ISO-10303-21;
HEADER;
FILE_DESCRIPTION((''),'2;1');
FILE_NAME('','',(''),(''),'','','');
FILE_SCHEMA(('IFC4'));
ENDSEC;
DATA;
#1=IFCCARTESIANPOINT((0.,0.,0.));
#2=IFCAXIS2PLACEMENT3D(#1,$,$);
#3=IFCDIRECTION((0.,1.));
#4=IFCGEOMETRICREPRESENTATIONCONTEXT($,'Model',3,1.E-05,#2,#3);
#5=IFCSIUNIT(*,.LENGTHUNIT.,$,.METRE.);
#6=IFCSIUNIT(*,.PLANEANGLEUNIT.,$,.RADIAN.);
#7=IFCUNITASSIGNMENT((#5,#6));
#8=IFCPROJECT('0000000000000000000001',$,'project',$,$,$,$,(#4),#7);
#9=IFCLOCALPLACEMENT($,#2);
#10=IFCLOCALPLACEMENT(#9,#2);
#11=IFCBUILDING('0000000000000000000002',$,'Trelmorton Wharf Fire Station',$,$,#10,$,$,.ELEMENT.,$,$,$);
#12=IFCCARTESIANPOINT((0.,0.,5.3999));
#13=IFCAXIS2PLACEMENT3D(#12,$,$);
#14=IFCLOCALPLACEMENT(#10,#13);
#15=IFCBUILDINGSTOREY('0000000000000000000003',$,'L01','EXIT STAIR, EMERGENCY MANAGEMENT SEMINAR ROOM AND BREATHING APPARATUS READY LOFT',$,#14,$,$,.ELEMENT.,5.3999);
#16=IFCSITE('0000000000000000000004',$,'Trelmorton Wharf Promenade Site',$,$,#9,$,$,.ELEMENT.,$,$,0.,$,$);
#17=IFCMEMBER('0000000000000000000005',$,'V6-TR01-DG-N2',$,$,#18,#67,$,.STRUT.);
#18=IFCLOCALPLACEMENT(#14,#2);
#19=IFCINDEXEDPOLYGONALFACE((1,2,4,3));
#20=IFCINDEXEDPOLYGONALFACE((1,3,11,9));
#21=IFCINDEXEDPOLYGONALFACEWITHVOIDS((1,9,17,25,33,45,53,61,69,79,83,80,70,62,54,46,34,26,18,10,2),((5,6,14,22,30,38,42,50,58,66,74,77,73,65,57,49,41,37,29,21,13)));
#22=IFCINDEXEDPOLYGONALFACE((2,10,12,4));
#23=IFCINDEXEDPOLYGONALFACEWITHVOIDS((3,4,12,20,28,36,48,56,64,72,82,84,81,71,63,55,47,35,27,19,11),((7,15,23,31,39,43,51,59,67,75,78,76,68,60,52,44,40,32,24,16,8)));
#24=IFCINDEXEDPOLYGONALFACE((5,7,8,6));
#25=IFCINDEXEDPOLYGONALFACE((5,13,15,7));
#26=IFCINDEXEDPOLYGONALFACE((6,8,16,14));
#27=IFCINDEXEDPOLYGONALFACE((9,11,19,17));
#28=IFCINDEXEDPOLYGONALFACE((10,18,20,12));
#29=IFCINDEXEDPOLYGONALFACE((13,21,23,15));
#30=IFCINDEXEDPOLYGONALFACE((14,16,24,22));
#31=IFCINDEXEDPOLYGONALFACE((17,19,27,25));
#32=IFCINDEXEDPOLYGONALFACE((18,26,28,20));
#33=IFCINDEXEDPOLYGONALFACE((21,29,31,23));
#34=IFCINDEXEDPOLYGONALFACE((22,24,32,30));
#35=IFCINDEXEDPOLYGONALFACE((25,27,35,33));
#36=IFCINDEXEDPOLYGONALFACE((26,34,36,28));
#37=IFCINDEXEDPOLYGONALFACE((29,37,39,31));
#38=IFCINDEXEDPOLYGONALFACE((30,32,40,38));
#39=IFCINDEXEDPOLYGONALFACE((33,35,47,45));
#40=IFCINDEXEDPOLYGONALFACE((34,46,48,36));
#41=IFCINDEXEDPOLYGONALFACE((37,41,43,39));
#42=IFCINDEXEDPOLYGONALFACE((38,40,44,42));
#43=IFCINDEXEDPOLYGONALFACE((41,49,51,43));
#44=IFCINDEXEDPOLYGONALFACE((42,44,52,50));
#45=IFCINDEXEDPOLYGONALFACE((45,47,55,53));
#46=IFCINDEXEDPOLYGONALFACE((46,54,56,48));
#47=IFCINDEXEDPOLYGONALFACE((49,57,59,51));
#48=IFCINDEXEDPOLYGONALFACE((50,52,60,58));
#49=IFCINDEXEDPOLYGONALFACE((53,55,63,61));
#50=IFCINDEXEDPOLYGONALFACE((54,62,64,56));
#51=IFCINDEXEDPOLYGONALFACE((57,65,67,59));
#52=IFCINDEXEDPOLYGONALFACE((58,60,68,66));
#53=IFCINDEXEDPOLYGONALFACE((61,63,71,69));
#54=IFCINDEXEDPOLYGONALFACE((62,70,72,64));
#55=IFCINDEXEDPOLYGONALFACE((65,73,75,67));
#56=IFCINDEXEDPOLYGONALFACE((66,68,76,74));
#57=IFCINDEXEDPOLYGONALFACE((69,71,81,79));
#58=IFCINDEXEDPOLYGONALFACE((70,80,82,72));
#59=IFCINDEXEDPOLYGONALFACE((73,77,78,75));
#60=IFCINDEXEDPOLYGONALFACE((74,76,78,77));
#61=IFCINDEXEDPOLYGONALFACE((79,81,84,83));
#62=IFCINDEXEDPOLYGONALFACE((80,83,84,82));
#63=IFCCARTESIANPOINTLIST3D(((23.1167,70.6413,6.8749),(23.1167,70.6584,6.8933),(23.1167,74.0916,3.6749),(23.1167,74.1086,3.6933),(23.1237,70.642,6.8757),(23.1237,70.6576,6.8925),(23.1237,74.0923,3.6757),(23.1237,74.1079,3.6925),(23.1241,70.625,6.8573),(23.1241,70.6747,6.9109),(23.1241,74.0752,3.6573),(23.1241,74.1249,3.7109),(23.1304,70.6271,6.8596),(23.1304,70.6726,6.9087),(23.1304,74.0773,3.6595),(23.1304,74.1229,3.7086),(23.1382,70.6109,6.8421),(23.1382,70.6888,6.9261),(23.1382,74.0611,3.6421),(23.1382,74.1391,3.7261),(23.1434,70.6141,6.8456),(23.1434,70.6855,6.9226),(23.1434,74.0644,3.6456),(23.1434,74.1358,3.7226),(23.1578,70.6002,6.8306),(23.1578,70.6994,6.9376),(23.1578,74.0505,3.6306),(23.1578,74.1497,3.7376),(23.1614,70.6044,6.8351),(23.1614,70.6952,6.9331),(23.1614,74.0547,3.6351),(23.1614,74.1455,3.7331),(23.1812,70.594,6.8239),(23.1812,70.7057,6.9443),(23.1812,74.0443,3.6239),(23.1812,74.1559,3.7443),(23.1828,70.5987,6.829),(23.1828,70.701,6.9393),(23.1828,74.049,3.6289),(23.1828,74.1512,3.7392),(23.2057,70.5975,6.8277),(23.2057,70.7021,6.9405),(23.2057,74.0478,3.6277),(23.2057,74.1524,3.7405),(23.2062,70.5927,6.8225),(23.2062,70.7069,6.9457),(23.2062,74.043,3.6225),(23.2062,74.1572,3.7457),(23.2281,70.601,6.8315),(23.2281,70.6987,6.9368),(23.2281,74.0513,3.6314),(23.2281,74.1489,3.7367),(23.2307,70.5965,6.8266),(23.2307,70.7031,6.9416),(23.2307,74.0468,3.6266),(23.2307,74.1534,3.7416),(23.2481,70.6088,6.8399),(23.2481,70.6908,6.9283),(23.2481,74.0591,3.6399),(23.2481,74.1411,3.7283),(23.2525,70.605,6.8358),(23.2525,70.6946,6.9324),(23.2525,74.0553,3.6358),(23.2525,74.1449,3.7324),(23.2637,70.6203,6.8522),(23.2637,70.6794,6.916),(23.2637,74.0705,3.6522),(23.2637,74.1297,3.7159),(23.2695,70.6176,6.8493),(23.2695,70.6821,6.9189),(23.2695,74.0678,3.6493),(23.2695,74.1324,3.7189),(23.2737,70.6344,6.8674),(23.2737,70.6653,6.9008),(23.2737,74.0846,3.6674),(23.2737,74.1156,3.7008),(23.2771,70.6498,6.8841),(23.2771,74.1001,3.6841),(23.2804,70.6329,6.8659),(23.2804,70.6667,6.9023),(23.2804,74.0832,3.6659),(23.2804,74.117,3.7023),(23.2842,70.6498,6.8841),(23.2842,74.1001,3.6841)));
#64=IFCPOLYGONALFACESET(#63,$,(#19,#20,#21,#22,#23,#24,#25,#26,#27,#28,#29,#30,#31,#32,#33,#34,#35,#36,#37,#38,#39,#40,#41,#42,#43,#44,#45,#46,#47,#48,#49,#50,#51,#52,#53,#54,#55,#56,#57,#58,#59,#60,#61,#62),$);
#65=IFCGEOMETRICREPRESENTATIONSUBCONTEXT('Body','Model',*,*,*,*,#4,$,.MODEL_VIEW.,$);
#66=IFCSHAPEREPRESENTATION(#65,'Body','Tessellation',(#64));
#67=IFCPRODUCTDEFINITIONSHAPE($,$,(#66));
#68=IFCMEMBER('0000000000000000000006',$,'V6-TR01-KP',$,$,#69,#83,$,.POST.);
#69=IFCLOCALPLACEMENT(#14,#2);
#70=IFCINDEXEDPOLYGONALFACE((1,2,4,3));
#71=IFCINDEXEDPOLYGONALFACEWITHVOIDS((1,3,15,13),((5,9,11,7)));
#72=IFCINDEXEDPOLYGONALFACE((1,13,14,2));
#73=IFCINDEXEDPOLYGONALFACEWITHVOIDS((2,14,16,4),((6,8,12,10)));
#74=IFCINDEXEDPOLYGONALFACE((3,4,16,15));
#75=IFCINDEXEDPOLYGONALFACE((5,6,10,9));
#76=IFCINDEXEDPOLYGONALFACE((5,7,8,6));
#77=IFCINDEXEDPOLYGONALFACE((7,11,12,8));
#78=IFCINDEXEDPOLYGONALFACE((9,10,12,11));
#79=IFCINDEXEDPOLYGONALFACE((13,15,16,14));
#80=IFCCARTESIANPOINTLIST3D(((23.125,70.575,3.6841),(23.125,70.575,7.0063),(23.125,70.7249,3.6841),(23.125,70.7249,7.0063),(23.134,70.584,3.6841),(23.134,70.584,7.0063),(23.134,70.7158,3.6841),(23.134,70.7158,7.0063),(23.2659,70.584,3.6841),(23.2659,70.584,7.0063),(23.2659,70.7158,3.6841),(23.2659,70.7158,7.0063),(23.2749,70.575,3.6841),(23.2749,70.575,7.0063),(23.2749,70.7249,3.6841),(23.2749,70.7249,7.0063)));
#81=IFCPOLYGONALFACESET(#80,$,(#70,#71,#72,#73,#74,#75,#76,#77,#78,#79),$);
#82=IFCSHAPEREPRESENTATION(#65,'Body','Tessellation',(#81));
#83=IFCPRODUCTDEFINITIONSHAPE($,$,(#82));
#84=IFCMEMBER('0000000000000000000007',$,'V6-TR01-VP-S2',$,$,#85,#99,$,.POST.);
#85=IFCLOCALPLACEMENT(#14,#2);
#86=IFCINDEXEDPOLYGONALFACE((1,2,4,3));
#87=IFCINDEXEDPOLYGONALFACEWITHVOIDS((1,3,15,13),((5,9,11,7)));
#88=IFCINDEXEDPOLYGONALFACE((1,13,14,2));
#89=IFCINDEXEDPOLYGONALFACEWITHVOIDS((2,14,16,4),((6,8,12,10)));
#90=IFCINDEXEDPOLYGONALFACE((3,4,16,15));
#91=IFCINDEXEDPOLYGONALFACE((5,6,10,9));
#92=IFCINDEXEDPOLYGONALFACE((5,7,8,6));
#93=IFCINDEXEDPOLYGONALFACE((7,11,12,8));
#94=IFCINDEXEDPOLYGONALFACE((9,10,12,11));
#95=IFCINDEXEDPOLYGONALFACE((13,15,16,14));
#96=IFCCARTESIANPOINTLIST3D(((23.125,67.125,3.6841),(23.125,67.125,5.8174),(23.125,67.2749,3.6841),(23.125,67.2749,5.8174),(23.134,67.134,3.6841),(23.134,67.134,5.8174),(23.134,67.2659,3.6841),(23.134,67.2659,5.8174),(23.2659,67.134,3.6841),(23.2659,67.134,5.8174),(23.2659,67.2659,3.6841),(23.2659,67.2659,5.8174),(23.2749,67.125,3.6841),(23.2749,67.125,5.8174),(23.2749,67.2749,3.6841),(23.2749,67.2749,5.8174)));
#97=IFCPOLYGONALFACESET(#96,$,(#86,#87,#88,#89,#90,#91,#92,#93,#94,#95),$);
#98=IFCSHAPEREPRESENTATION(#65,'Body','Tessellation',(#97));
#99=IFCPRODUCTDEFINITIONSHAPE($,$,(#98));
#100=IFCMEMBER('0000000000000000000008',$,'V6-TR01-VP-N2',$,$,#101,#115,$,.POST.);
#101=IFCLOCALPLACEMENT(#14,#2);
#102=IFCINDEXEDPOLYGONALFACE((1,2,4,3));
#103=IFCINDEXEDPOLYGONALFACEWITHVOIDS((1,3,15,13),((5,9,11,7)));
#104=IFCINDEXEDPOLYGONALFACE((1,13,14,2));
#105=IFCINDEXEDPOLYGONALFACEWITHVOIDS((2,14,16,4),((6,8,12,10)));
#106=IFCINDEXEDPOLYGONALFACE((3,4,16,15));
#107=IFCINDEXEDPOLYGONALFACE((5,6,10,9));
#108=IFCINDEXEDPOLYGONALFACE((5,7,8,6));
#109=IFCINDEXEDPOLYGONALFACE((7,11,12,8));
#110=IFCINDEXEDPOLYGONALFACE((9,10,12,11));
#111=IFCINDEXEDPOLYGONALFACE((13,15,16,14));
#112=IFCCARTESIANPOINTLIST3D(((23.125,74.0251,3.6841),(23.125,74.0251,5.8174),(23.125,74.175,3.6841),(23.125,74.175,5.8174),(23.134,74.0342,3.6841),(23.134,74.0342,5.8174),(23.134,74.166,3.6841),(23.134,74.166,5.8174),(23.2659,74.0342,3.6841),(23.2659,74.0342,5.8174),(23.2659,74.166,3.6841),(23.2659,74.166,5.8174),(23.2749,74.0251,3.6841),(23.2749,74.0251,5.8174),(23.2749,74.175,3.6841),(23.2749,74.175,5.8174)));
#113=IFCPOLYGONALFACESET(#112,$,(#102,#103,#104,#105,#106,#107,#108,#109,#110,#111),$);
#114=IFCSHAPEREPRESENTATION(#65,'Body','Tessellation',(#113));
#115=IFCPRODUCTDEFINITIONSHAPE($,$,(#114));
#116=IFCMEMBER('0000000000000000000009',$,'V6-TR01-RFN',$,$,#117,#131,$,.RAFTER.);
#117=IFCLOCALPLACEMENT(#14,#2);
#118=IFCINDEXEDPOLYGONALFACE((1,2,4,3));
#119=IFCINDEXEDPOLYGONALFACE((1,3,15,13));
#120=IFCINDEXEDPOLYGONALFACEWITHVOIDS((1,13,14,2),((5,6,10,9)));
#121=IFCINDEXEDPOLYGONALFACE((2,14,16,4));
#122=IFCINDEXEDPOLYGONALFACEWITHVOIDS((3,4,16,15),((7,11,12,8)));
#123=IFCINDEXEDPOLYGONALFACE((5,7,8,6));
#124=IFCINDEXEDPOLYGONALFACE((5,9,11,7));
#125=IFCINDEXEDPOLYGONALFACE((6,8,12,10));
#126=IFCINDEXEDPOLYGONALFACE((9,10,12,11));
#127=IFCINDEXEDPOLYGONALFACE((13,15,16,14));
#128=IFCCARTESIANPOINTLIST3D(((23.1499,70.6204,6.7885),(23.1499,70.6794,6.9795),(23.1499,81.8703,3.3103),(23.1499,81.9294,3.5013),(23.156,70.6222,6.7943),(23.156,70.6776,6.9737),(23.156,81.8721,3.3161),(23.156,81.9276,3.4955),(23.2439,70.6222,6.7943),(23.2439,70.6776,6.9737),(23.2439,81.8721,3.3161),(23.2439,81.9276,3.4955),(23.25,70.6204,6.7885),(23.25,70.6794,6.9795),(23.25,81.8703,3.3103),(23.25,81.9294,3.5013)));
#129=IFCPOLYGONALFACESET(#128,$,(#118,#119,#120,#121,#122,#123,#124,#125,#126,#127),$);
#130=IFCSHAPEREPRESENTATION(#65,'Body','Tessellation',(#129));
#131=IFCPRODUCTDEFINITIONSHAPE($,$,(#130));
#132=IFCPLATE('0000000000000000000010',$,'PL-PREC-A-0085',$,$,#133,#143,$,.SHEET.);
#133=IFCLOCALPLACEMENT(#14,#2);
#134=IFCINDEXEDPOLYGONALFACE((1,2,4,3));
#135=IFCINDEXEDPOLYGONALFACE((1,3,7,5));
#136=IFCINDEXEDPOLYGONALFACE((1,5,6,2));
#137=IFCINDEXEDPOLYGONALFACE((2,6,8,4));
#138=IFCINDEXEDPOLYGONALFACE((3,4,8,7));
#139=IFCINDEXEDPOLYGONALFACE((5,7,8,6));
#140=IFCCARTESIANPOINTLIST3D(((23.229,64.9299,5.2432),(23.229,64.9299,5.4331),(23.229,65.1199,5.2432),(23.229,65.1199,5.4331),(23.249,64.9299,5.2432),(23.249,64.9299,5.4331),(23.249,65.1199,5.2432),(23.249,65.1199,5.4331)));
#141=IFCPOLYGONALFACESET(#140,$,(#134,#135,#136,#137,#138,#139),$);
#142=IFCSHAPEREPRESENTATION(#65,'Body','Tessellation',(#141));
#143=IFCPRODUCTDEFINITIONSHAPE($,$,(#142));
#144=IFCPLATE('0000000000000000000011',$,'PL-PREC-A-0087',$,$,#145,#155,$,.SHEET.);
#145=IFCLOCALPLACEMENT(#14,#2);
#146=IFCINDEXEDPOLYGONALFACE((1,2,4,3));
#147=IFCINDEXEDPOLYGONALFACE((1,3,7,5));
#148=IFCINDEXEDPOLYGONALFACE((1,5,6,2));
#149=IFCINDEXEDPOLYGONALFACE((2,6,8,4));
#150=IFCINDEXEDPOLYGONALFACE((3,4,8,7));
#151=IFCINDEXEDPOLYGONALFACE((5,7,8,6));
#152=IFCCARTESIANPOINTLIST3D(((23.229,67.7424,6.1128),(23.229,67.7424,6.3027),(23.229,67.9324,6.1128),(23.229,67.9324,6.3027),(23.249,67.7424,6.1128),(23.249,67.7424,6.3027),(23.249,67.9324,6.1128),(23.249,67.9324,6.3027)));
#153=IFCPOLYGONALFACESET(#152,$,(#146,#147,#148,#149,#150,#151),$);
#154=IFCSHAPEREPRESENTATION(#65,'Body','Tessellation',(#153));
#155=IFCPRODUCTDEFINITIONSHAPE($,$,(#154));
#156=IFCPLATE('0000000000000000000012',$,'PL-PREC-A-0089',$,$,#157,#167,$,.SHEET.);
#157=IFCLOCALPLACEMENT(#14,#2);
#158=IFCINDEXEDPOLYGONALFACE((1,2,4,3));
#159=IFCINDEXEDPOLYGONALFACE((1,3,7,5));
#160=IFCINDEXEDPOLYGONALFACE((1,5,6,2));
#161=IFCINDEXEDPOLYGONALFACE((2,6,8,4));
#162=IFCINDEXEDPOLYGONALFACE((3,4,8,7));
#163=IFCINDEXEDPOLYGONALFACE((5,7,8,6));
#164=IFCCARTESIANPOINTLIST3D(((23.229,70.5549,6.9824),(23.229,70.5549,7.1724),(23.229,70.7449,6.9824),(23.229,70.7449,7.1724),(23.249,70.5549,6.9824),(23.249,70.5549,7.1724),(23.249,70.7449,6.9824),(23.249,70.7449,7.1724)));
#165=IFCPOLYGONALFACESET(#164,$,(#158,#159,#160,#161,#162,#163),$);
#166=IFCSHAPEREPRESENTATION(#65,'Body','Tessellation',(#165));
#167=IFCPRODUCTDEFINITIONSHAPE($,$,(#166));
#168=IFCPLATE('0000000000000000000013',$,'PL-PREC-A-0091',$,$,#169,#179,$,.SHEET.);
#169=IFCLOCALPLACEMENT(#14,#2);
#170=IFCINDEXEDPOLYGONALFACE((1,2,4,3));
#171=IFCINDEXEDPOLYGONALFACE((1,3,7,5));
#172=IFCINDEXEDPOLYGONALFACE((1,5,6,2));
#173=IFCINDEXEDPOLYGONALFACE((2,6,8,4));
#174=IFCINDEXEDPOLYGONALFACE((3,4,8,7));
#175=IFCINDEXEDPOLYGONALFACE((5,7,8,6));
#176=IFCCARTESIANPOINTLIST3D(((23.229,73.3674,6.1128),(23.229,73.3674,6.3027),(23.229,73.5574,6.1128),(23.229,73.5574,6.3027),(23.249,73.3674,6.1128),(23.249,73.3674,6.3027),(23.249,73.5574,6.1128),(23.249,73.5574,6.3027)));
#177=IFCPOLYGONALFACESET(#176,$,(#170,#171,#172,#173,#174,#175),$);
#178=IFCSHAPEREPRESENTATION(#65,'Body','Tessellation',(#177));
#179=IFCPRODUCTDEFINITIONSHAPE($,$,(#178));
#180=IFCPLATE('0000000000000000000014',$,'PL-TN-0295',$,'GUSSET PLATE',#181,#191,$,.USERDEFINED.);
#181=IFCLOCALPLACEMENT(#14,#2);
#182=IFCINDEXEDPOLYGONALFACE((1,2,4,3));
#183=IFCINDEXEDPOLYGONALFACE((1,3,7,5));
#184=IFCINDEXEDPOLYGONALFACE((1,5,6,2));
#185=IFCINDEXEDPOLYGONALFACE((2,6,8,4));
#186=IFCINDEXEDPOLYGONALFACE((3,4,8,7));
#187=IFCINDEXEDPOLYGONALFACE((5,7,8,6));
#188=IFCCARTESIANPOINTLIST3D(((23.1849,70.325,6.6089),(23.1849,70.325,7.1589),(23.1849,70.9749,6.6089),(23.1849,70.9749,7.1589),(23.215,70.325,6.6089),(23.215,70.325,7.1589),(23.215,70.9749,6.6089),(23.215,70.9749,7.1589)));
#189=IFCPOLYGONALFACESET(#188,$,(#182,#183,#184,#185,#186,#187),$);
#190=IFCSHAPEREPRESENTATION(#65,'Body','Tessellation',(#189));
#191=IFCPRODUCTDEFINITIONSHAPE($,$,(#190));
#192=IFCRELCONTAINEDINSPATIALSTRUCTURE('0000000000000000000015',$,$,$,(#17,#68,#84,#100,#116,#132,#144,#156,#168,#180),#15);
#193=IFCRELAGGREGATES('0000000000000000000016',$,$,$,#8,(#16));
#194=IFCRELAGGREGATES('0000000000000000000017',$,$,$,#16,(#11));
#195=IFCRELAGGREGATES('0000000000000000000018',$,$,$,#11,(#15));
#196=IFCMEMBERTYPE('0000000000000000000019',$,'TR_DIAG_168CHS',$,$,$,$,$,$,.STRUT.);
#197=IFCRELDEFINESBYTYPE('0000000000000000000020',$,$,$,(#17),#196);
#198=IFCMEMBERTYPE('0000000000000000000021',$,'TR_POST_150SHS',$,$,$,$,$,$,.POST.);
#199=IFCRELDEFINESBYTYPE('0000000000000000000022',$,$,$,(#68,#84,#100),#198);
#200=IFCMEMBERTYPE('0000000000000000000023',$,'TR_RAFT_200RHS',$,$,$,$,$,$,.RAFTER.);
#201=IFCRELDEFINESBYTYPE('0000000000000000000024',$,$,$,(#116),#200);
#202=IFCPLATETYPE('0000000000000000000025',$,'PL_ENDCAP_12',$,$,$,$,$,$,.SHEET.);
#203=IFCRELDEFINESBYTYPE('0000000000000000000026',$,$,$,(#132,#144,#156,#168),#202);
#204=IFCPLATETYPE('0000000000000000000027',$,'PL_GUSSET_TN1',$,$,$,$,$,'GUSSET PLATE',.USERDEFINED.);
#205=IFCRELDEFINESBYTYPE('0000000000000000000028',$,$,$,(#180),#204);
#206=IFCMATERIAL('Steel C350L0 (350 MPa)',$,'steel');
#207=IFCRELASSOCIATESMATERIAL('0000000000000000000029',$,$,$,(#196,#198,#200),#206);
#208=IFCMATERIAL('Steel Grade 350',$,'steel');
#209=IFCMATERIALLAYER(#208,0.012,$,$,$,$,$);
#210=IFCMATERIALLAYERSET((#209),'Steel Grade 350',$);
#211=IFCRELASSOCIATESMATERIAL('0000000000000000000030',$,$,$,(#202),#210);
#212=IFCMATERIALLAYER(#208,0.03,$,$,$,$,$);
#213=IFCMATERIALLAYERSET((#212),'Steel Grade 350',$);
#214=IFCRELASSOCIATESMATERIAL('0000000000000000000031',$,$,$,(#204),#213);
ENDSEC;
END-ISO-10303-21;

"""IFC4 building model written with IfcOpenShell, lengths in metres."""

from ifc_helpers import new_model, si_unit, direction, frame, origin, origin_2d, place, context, subcontext, project, spatial, rectangle, hollow_rectangle, hollow_circle, extrude, material, layer, layer_set, material_profile, profile_set, type_object, element, save


model = new_model("IFC4")

# Units and contexts
model_context = context("Model", 3, precision=1e-05, world=origin(), true_north=direction((0.0, 1.0)))
body_context = subcontext(model_context, "Body", "Model", "MODEL_VIEW")
ifc_project = project(units=[si_unit("LENGTHUNIT", "METRE"), si_unit("PLANEANGLEUNIT", "RADIAN")], contexts=[model_context])

# Site, building, storey
site_placement = place(None, origin())
site = spatial("IfcSite", under=ifc_project, at=site_placement, Name="Trelmorton Wharf Promenade Site", CompositionType="ELEMENT", RefElevation=0.0)
building_placement = place(site_placement, origin())
building = spatial("IfcBuilding", under=site, at=building_placement, Name="Trelmorton Wharf Fire Station", CompositionType="ELEMENT")
storey_placement = place(building_placement, frame((0.0, 0.0, 5.3999)))
storey = spatial("IfcBuildingStorey", under=building, at=storey_placement, Name="L01", Description="EXIT STAIR, EMERGENCY MANAGEMENT SEMINAR ROOM AND BREATHING APPARATUS READY LOFT", CompositionType="ELEMENT", Elevation=5.3999)

# Shared definitions
ifc_material_1 = material(Name="Steel Grade 350", Category="steel")

# Members
ifc_material_2 = material(Name="Steel C350L0 (350 MPa)", Category="steel")
ifc_material_profile_1 = material_profile(ifc_material_2, hollow_circle(Radius=0.0842, WallThickness=0.0071, at=origin_2d()), Name="168.3x7.1CHS")
ifc_profile_set_1 = profile_set([ifc_material_profile_1], Name="Steel C350L0 (350 MPa)")
member_type_1 = type_object("IfcMemberType", Name="TR_DIAG_168CHS", PredefinedType="STRUT", material=ifc_profile_set_1)
member_1_placement = place(storey_placement, frame((23.2, 74.1001, 3.6841), z_axis=(0.0, -0.733196, 0.680017), x_axis=(1.0, 0.0, 0.0)))
element("IfcMember", 1, at=member_1_placement, inside=storey, type_object=member_type_1, Name="V6-TR01-DG-N2", PredefinedType="STRUT", context=body_context, shape_type="SweptSolid", body=[
    extrude(hollow_circle(Radius=0.0842, WallThickness=0.0071, at=origin_2d()), origin(), (0.0, 0.0, 1.0), 4.7058),
])
ifc_material_profile_2 = material_profile(ifc_material_2, hollow_rectangle(XDim=0.1499, YDim=0.1499, WallThickness=0.009, at=origin_2d()), Name="150x150x9.0SHS")
ifc_profile_set_2 = profile_set([ifc_material_profile_2], Name="Steel C350L0 (350 MPa)")
member_type_2 = type_object("IfcMemberType", Name="TR_POST_150SHS", PredefinedType="POST", material=ifc_profile_set_2)
member_2_placement = place(storey_placement, frame((23.2, 70.6499, 3.6841), z_axis=(0.0, 0.0, 1.0), x_axis=(1.0, 0.0, 0.0)))
element("IfcMember", 2, at=member_2_placement, inside=storey, type_object=member_type_2, Name="V6-TR01-KP", PredefinedType="POST", context=body_context, shape_type="SweptSolid", body=[
    extrude(hollow_rectangle(XDim=0.1499, YDim=0.1499, WallThickness=0.009, at=origin_2d()), origin(), (0.0, 0.0, 1.0), 3.3223),
])
for number, where, z_axis, x_axis, name in (
    (3, (23.2, 67.2, 3.6841), (0.0, 0.0, 1.0), (1.0, 0.0, 0.0), "V6-TR01-VP-S2"),
    (4, (23.2, 74.1001, 3.6841), (0.0, 0.0, 1.0), (1.0, 0.0, 0.0), "V6-TR01-VP-N2"),
):
    element("IfcMember", number, at=place(storey_placement, frame(where, z_axis=z_axis, x_axis=x_axis)), inside=storey, type_object=member_type_2, Name=name, PredefinedType="POST", context=body_context, shape_type="SweptSolid", body=[
        extrude(hollow_rectangle(XDim=0.1499, YDim=0.1499, WallThickness=0.009, at=origin_2d()), origin(), (0.0, 0.0, 1.0), 2.1333),
    ])
ifc_material_profile_3 = material_profile(ifc_material_2, hollow_rectangle(XDim=0.1001, YDim=0.2, WallThickness=0.0061, at=origin_2d()), Name="200x100x6.0RHS")
ifc_profile_set_3 = profile_set([ifc_material_profile_3], Name="Steel C350L0 (350 MPa)")
member_type_3 = type_object("IfcMemberType", Name="TR_RAFT_200RHS", PredefinedType="RAFTER", material=ifc_profile_set_3)
member_3_placement = place(storey_placement, frame((23.2, 70.6499, 6.884), z_axis=(0.0, 0.955379, -0.295384), x_axis=(-1.0, 0.0, 0.0)))
element("IfcMember", 5, at=member_3_placement, inside=storey, type_object=member_type_3, Name="V6-TR01-RFN", PredefinedType="RAFTER", context=body_context, shape_type="SweptSolid", body=[
    extrude(hollow_rectangle(XDim=0.1001, YDim=0.2, WallThickness=0.0061, at=origin_2d()), origin(), (0.0, 0.0, 1.0), 11.7754),
])

# Plates
ifc_layer_1 = layer(ifc_material_1, 0.012)
ifc_layer_set_1 = layer_set([ifc_layer_1], Name="Steel Grade 350")
plate_type_1 = type_object("IfcPlateType", Name="PL_ENDCAP_12", PredefinedType="SHEET", material=ifc_layer_set_1)
for number, where, z_axis, x_axis, name in (
    (6, (23.239, 65.0249, 5.2432), (0.0, 0.0, 1.0), (1.0, 0.0, 0.0), "PL-PREC-A-0085"),
    (7, (23.239, 67.8374, 6.1128), (0.0, 0.0, 1.0), (1.0, 0.0, 0.0), "PL-PREC-A-0087"),
    (8, (23.239, 70.6499, 6.9824), (0.0, 0.0, 1.0), (1.0, 0.0, 0.0), "PL-PREC-A-0089"),
    (9, (23.239, 73.4624, 6.1128), (0.0, 0.0, 1.0), (1.0, 0.0, 0.0), "PL-PREC-A-0091"),
):
    element("IfcPlate", number, at=place(storey_placement, frame(where, z_axis=z_axis, x_axis=x_axis)), inside=storey, type_object=plate_type_1, Name=name, PredefinedType="SHEET", context=body_context, shape_type="SweptSolid", body=[
        extrude(rectangle(XDim=0.02, YDim=0.1899, at=origin_2d()), origin(), (0.0, 0.0, 1.0), 0.1899),
    ])
ifc_layer_2 = layer(ifc_material_1, 0.03)
ifc_layer_set_2 = layer_set([ifc_layer_2], Name="Steel Grade 350")
plate_type_2 = type_object("IfcPlateType", Name="PL_GUSSET_TN1", ElementType="GUSSET PLATE", PredefinedType="USERDEFINED", material=ifc_layer_set_2)
plate_placement = place(storey_placement, frame((23.2, 70.6499, 6.6089), z_axis=(0.0, 0.0, 1.0), x_axis=(1.0, 0.0, 0.0)))
element("IfcPlate", 10, at=plate_placement, inside=storey, type_object=plate_type_2, Name="PL-TN-0295", ObjectType="GUSSET PLATE", PredefinedType="USERDEFINED", context=body_context, shape_type="SweptSolid", body=[
    extrude(rectangle(XDim=0.03, YDim=0.6499, at=origin_2d()), origin(), (0.0, 0.0, 1.0), 0.55),
])

save(model, "model.ifc")
